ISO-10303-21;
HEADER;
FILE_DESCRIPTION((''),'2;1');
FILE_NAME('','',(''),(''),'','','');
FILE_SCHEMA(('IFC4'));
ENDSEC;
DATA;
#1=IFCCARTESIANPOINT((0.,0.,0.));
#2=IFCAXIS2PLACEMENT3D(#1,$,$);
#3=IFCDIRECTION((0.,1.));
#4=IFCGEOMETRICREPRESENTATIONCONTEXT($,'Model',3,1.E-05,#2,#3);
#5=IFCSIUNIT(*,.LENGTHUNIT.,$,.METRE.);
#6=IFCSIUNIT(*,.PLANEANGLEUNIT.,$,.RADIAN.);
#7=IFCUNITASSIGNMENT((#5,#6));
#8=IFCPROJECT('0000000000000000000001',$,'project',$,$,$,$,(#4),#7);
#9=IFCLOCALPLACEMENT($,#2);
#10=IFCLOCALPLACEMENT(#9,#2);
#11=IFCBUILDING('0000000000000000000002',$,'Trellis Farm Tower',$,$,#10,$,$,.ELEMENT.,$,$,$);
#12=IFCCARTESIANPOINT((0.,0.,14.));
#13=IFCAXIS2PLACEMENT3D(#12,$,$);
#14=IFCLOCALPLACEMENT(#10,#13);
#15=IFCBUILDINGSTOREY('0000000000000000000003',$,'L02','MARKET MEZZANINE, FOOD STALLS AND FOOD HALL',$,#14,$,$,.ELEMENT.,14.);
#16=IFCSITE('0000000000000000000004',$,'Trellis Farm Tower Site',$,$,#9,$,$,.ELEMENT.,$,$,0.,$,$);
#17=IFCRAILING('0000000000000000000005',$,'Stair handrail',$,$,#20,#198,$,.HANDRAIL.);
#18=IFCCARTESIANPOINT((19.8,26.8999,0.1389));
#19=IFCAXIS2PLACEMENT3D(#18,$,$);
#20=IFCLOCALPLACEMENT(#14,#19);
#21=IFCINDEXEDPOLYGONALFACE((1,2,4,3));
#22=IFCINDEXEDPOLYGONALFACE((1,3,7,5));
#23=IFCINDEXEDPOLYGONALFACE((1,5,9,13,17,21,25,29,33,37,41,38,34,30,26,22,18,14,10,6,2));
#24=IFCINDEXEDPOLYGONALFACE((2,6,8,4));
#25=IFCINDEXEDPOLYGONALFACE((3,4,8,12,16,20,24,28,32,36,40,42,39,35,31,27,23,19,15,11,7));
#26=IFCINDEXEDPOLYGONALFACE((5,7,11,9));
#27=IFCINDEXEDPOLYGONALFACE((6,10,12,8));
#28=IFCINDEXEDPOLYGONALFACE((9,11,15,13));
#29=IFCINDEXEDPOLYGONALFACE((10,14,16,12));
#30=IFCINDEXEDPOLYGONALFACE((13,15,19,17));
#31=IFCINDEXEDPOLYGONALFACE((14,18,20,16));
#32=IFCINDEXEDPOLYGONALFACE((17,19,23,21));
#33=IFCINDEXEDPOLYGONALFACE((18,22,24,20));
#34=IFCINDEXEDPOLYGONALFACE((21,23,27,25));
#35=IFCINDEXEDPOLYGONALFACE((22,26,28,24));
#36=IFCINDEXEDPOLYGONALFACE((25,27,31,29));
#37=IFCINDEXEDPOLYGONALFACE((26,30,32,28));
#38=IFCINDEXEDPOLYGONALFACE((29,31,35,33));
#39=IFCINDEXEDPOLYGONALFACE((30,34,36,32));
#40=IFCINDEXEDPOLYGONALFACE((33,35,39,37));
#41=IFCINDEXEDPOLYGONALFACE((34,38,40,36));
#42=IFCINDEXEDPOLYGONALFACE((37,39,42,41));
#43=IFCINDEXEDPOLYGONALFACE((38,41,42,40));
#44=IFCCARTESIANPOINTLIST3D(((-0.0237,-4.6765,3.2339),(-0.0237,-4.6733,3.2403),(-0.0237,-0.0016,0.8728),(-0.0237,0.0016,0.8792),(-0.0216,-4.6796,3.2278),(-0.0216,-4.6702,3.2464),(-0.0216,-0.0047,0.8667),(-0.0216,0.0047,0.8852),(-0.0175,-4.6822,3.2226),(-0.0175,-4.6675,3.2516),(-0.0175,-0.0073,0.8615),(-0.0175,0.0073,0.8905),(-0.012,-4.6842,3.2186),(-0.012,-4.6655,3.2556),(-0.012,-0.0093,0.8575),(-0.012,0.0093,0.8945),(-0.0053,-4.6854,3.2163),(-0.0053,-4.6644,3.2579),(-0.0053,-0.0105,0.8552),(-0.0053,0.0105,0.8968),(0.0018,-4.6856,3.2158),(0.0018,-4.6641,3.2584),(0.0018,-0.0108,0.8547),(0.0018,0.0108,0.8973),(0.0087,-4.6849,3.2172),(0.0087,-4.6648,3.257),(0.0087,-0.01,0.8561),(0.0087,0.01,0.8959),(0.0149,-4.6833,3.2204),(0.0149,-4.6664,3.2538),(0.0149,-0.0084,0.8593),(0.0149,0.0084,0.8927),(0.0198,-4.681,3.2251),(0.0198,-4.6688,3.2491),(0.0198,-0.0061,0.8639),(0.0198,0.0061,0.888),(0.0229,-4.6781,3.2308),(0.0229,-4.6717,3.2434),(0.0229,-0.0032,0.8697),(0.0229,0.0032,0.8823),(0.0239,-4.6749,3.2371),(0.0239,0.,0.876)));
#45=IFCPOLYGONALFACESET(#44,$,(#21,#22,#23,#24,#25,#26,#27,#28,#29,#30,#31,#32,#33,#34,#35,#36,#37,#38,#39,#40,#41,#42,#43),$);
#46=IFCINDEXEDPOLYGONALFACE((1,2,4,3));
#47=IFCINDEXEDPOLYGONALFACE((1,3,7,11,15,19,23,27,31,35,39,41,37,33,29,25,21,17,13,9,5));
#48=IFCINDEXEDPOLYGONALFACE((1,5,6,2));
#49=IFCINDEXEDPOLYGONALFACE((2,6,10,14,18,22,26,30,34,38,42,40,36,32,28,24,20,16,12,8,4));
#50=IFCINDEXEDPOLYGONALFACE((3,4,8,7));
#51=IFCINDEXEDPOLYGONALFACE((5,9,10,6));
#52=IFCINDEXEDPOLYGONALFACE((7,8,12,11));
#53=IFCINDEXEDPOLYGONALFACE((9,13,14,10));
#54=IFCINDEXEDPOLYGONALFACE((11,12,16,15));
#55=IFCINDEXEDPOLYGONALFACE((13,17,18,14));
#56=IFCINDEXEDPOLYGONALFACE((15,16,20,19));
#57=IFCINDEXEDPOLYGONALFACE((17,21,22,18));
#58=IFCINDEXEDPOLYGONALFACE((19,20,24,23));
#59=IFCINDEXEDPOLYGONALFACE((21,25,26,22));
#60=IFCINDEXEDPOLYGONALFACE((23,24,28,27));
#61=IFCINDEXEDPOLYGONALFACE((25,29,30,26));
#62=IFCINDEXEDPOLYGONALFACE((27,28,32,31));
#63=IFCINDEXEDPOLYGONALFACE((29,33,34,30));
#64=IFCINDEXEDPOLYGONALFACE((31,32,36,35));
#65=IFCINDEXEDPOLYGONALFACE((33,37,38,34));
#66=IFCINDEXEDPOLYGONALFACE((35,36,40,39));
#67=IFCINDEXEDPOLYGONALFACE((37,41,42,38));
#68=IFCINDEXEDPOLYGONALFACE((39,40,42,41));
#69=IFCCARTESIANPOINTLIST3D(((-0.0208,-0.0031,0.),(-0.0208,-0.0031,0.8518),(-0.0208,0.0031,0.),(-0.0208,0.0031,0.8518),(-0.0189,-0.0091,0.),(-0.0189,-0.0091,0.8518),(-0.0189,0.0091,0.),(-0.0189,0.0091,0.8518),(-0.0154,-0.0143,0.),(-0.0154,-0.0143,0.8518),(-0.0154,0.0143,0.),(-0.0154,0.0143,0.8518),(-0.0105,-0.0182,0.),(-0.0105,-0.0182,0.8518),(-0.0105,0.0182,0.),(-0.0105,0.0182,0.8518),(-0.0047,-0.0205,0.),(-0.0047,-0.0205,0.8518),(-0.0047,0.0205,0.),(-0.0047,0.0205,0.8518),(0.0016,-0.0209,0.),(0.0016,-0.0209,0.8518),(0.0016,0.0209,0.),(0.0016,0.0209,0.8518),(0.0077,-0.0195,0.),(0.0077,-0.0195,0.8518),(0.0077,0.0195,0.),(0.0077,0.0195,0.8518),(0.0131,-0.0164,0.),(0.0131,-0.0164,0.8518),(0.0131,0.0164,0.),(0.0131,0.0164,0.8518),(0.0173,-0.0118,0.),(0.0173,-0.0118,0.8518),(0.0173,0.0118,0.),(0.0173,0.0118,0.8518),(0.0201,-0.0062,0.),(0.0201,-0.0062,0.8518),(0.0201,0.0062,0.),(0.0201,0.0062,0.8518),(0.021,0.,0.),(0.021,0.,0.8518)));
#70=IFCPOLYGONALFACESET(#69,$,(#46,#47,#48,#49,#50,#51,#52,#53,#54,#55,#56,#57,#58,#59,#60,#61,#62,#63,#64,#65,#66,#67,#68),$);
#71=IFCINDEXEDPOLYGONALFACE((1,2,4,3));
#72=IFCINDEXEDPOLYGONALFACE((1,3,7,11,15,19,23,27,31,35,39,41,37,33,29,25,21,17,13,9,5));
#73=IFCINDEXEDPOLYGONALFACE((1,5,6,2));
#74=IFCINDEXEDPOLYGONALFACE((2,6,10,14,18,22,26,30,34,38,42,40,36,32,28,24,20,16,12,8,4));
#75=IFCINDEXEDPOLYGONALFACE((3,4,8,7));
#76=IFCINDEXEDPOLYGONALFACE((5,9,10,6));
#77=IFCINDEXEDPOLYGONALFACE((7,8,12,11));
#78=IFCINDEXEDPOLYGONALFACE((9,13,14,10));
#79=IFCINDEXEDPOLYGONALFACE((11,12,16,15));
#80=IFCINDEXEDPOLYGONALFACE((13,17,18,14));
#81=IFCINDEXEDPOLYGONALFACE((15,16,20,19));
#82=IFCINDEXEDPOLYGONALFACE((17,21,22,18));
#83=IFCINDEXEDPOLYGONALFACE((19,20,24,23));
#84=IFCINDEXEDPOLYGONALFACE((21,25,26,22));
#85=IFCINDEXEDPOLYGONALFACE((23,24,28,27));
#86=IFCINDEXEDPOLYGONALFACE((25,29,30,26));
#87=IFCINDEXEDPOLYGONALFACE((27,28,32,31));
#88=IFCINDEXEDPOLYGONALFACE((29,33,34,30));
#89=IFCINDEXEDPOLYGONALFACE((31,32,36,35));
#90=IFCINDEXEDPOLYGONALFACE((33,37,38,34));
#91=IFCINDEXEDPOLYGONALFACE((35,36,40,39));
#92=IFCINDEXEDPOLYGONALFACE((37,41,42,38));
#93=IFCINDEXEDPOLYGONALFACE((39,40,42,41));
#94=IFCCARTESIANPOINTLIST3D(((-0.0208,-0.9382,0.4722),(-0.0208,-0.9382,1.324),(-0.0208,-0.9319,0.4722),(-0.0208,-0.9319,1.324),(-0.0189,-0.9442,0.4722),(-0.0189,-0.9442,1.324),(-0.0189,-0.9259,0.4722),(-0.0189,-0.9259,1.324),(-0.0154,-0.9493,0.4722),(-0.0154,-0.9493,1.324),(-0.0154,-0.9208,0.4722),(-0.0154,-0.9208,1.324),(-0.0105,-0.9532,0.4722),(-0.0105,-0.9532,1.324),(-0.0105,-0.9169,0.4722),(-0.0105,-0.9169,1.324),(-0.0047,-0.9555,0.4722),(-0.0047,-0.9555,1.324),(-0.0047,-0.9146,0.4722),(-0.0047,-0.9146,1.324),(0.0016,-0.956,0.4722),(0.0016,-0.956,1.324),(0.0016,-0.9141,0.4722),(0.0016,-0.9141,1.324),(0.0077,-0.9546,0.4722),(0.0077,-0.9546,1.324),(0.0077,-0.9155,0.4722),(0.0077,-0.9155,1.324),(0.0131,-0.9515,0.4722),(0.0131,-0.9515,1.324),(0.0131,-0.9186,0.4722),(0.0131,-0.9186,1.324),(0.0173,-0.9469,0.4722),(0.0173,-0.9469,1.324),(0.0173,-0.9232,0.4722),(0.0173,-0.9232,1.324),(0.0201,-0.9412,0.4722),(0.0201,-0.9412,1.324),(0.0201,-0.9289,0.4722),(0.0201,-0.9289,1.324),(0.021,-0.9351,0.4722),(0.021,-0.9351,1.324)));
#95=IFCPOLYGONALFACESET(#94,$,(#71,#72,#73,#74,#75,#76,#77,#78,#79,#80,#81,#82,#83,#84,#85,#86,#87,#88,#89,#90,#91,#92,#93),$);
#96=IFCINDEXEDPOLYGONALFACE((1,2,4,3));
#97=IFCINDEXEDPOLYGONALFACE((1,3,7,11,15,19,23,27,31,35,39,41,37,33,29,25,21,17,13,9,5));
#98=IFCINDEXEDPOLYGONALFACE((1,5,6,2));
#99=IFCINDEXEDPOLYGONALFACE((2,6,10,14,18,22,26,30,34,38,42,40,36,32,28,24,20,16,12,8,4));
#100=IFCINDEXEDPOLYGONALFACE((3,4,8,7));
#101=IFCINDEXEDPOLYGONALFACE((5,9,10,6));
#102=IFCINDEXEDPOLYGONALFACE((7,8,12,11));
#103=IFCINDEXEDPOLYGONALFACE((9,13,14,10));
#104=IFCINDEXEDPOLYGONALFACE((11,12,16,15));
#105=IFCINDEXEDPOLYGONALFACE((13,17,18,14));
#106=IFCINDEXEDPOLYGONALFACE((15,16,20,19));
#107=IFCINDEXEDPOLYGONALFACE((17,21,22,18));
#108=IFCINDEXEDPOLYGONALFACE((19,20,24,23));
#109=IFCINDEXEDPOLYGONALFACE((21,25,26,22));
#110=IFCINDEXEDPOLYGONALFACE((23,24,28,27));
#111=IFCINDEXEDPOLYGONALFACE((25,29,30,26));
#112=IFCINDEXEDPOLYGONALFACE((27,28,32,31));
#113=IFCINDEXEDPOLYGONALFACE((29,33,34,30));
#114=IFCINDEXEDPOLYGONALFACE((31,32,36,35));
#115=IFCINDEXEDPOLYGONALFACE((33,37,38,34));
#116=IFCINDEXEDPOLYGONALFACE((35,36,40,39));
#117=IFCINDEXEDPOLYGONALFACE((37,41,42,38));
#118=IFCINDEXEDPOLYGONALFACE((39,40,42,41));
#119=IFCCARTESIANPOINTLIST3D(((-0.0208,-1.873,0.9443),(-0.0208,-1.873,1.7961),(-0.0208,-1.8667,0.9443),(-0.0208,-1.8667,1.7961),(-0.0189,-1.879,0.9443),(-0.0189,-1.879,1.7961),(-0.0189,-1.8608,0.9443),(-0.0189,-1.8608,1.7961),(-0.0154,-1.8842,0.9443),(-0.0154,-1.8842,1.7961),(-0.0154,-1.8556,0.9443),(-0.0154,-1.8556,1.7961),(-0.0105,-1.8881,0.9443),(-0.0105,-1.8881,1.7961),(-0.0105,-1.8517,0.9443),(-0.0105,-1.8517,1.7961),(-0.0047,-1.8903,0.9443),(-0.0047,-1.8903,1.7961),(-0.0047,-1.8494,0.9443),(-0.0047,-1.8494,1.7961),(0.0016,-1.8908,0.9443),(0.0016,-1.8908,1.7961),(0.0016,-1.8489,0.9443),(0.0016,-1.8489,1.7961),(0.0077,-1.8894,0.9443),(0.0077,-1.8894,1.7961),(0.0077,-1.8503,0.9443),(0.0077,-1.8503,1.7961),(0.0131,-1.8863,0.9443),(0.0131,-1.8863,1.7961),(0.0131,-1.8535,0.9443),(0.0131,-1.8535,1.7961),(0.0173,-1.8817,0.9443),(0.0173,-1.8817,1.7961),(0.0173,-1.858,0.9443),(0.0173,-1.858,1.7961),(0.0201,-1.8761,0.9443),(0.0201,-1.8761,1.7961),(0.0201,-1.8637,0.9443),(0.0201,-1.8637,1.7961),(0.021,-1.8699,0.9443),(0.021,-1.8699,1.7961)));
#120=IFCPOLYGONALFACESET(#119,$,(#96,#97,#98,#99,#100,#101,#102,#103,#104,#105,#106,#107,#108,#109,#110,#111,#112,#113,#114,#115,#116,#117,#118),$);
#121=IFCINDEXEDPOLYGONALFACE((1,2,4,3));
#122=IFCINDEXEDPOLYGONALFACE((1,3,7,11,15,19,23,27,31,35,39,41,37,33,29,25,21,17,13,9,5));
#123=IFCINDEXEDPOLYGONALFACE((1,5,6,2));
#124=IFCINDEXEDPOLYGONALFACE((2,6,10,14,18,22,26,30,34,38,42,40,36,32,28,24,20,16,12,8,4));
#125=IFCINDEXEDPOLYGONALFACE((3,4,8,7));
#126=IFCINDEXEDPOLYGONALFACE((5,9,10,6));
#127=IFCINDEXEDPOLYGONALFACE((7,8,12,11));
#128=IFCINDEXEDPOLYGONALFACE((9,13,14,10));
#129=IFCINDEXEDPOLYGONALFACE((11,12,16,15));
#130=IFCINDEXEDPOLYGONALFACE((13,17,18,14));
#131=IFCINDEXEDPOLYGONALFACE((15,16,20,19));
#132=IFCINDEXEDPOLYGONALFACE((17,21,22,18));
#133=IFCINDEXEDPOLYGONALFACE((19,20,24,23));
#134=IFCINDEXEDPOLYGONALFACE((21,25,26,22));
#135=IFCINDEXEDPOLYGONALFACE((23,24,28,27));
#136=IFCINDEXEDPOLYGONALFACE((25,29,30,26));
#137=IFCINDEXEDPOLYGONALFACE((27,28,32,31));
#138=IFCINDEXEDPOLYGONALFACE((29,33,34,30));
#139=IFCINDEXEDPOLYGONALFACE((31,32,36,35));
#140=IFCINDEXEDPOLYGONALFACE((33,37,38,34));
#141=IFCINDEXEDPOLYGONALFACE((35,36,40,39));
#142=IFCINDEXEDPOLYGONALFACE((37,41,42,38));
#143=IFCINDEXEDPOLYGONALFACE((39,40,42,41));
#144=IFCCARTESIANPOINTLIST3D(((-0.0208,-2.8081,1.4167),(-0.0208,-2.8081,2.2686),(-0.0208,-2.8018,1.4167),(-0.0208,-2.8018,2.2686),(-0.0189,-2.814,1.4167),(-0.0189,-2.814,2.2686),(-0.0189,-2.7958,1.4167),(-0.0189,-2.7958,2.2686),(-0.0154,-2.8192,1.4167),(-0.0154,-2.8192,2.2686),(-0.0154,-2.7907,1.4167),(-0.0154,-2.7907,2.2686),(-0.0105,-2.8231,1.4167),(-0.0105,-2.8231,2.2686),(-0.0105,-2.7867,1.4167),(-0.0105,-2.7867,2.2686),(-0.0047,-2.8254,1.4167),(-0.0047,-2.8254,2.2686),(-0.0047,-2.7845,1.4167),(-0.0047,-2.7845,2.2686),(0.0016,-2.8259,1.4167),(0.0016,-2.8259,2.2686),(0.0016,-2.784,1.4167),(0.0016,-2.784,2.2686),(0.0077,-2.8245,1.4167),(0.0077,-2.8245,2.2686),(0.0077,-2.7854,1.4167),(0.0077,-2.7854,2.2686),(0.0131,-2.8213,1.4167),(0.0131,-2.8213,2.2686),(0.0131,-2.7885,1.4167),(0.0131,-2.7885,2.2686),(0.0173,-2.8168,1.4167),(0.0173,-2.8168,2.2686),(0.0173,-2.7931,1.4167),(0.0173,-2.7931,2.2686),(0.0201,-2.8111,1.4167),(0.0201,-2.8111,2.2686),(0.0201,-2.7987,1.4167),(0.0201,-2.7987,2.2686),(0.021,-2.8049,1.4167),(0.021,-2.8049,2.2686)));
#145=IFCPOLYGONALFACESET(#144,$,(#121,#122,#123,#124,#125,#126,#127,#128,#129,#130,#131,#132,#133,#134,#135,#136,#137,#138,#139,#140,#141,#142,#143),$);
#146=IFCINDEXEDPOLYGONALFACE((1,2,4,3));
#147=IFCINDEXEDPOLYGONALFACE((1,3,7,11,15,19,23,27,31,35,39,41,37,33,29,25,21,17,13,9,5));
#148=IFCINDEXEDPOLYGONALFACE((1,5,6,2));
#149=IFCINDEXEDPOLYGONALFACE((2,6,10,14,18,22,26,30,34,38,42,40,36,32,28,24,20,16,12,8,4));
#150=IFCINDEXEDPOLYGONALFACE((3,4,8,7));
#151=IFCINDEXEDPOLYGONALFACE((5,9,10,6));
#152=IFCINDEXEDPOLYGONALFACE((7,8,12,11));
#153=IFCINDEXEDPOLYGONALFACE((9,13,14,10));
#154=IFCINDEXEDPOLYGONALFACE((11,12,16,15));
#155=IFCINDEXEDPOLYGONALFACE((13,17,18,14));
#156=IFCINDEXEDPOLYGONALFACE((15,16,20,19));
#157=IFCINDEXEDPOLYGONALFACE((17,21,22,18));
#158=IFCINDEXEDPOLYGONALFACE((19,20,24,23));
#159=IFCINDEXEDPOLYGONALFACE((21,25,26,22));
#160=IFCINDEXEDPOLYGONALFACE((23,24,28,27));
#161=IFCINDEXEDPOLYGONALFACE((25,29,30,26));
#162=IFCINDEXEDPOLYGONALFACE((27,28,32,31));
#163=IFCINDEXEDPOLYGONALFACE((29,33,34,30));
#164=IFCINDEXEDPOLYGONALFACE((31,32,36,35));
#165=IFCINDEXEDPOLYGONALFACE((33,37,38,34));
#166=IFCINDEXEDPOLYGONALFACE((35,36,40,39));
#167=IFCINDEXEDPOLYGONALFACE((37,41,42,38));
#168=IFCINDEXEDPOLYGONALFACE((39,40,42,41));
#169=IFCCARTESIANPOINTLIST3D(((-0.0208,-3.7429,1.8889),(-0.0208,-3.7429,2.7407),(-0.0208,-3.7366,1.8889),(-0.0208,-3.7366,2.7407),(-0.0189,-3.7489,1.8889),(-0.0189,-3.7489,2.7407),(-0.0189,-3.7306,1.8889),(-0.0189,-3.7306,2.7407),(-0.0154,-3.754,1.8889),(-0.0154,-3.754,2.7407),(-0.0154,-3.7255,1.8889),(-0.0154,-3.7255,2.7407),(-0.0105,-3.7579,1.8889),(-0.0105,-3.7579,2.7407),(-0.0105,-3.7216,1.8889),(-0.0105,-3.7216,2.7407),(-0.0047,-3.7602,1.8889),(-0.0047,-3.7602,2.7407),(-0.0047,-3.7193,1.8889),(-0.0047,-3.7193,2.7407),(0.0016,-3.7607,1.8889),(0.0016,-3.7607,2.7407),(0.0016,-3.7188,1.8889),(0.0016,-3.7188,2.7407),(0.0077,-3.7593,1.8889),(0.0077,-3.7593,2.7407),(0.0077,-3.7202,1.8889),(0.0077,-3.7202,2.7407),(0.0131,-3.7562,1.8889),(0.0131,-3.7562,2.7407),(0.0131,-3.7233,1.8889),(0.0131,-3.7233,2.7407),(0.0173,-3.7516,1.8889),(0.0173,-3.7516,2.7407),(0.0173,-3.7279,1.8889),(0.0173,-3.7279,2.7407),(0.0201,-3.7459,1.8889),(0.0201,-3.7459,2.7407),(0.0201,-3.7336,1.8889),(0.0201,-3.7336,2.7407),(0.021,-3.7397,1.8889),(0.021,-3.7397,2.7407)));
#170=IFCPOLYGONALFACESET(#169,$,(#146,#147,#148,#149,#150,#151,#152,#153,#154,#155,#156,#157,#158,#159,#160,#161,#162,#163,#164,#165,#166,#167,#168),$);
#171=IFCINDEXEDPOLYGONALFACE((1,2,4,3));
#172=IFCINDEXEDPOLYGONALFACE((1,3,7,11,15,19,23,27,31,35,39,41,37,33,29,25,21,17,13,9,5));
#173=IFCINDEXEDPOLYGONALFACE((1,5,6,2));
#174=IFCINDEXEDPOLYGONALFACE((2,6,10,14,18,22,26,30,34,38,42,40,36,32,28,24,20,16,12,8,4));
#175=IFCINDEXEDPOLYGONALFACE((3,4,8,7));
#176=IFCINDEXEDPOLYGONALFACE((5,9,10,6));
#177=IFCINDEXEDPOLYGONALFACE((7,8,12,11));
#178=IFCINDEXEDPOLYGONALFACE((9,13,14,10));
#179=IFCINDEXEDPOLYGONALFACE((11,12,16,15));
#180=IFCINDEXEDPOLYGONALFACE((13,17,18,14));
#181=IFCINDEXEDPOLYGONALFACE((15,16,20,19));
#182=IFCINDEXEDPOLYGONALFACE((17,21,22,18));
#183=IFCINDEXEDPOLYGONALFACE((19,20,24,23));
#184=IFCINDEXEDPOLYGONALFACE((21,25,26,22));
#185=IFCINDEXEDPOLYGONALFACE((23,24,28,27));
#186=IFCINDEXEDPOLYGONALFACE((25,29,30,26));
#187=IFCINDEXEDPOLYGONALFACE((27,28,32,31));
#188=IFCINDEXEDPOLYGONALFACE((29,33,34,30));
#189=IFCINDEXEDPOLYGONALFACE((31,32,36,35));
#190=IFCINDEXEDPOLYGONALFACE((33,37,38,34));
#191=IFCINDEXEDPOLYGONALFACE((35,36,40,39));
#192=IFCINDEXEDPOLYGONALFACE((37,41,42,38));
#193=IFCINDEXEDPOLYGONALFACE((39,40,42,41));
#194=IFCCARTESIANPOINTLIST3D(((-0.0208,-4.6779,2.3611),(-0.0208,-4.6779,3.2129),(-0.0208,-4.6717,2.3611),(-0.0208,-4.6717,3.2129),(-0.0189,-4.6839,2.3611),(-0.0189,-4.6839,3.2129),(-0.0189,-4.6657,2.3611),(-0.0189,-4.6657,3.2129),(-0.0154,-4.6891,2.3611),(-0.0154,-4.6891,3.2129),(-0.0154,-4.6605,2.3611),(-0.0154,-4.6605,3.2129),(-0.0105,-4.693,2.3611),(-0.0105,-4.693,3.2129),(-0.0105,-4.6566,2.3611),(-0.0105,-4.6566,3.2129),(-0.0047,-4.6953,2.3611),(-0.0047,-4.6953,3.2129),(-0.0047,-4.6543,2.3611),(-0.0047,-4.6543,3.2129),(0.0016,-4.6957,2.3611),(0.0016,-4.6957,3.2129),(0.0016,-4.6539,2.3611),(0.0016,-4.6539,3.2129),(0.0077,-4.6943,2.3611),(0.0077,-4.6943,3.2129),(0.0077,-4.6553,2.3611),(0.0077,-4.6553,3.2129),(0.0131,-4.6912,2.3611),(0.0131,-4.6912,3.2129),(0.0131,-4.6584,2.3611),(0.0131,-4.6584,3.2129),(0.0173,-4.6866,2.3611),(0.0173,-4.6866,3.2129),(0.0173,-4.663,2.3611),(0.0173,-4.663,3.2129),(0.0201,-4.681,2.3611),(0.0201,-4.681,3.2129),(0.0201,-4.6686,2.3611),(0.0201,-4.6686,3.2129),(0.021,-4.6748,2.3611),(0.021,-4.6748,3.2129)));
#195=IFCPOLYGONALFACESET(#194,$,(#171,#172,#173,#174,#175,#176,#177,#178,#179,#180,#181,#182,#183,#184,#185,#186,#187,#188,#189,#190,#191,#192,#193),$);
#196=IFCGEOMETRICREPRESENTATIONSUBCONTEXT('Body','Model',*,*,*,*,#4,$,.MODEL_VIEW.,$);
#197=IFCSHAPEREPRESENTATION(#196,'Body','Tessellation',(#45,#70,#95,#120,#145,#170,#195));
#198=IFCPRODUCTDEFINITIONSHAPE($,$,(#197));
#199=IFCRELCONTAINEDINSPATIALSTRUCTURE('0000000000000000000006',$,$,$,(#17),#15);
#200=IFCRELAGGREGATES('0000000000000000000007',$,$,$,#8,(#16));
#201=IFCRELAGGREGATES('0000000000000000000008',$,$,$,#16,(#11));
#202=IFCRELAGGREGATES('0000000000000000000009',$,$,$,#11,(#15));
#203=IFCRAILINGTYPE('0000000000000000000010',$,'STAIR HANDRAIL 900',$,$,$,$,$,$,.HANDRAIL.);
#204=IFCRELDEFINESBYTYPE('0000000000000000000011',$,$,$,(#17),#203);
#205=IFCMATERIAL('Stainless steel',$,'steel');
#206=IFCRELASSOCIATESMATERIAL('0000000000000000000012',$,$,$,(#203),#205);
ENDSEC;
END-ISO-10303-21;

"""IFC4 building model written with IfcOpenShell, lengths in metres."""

from ifc_helpers import new_model, si_unit, direction, frame, origin, origin_2d, place, context, subcontext, project, spatial, circle, extrude, source, transform, mapped, material, type_object, element, save


model = new_model("IFC4")

# Units and contexts
model_context = context("Model", 3, precision=1e-05, world=origin(), true_north=direction((0.0, 1.0)))
body_context = subcontext(model_context, "Body", "Model", "MODEL_VIEW")
ifc_project = project(units=[si_unit("LENGTHUNIT", "METRE"), si_unit("PLANEANGLEUNIT", "RADIAN")], contexts=[model_context])

# Site, building, storey
site_placement = place(None, origin())
site = spatial("IfcSite", under=ifc_project, at=site_placement, Name="Trellis Farm Tower Site", CompositionType="ELEMENT", RefElevation=0.0)
building_placement = place(site_placement, origin())
building = spatial("IfcBuilding", under=site, at=building_placement, Name="Trellis Farm Tower", CompositionType="ELEMENT")
storey_placement = place(building_placement, frame((0.0, 0.0, 14.0)))
storey = spatial("IfcBuildingStorey", under=building, at=storey_placement, Name="L02", Description="MARKET MEZZANINE, FOOD STALLS AND FOOD HALL", CompositionType="ELEMENT", Elevation=14.0)

# Railing
ifc_material_1 = material(Name="Stainless steel", Category="steel")
railing_type = type_object("IfcRailingType", Name="STAIR HANDRAIL 900", PredefinedType="HANDRAIL", material=ifc_material_1)
shared_shape_1 = source(origin(), body_context, "Body", "SweptSolid", [
    extrude(circle(Radius=0.0239, at=origin_2d()), frame((0.0, 0.0, 0.876), z_axis=(0.0, -0.892611, 0.450827), x_axis=(1.0, 0.0, 0.0)), (0.0, 0.0, 1.0), 5.2373),
    extrude(circle(Radius=0.021, at=origin_2d()), origin(), (0.0, 0.0, 1.0), 0.8518),
    extrude(circle(Radius=0.021, at=origin_2d()), frame((0.0, -0.9351, 0.4722)), (0.0, 0.0, 1.0), 0.8518),
    extrude(circle(Radius=0.021, at=origin_2d()), frame((0.0, -1.8699, 0.9443)), (0.0, 0.0, 1.0), 0.8518),
    extrude(circle(Radius=0.021, at=origin_2d()), frame((0.0, -2.8049, 1.4167)), (0.0, 0.0, 1.0), 0.8518),
    extrude(circle(Radius=0.021, at=origin_2d()), frame((0.0, -3.7397, 1.8889)), (0.0, 0.0, 1.0), 0.8518),
    extrude(circle(Radius=0.021, at=origin_2d()), frame((0.0, -4.6748, 2.3611)), (0.0, 0.0, 1.0), 0.8518),
])
for number, where, name in (
    (1, (19.8, 26.8999, 0.1389), "Stair handrail"),
):
    element("IfcRailing", number, at=place(storey_placement, frame(where)), inside=storey, type_object=railing_type, Name=name, PredefinedType="HANDRAIL", context=body_context, shape_type="MappedRepresentation", body=[
        mapped(shared_shape_1, transform((0.0, 0.0, 0.0))),
    ])

save(model, "model.ifc")
